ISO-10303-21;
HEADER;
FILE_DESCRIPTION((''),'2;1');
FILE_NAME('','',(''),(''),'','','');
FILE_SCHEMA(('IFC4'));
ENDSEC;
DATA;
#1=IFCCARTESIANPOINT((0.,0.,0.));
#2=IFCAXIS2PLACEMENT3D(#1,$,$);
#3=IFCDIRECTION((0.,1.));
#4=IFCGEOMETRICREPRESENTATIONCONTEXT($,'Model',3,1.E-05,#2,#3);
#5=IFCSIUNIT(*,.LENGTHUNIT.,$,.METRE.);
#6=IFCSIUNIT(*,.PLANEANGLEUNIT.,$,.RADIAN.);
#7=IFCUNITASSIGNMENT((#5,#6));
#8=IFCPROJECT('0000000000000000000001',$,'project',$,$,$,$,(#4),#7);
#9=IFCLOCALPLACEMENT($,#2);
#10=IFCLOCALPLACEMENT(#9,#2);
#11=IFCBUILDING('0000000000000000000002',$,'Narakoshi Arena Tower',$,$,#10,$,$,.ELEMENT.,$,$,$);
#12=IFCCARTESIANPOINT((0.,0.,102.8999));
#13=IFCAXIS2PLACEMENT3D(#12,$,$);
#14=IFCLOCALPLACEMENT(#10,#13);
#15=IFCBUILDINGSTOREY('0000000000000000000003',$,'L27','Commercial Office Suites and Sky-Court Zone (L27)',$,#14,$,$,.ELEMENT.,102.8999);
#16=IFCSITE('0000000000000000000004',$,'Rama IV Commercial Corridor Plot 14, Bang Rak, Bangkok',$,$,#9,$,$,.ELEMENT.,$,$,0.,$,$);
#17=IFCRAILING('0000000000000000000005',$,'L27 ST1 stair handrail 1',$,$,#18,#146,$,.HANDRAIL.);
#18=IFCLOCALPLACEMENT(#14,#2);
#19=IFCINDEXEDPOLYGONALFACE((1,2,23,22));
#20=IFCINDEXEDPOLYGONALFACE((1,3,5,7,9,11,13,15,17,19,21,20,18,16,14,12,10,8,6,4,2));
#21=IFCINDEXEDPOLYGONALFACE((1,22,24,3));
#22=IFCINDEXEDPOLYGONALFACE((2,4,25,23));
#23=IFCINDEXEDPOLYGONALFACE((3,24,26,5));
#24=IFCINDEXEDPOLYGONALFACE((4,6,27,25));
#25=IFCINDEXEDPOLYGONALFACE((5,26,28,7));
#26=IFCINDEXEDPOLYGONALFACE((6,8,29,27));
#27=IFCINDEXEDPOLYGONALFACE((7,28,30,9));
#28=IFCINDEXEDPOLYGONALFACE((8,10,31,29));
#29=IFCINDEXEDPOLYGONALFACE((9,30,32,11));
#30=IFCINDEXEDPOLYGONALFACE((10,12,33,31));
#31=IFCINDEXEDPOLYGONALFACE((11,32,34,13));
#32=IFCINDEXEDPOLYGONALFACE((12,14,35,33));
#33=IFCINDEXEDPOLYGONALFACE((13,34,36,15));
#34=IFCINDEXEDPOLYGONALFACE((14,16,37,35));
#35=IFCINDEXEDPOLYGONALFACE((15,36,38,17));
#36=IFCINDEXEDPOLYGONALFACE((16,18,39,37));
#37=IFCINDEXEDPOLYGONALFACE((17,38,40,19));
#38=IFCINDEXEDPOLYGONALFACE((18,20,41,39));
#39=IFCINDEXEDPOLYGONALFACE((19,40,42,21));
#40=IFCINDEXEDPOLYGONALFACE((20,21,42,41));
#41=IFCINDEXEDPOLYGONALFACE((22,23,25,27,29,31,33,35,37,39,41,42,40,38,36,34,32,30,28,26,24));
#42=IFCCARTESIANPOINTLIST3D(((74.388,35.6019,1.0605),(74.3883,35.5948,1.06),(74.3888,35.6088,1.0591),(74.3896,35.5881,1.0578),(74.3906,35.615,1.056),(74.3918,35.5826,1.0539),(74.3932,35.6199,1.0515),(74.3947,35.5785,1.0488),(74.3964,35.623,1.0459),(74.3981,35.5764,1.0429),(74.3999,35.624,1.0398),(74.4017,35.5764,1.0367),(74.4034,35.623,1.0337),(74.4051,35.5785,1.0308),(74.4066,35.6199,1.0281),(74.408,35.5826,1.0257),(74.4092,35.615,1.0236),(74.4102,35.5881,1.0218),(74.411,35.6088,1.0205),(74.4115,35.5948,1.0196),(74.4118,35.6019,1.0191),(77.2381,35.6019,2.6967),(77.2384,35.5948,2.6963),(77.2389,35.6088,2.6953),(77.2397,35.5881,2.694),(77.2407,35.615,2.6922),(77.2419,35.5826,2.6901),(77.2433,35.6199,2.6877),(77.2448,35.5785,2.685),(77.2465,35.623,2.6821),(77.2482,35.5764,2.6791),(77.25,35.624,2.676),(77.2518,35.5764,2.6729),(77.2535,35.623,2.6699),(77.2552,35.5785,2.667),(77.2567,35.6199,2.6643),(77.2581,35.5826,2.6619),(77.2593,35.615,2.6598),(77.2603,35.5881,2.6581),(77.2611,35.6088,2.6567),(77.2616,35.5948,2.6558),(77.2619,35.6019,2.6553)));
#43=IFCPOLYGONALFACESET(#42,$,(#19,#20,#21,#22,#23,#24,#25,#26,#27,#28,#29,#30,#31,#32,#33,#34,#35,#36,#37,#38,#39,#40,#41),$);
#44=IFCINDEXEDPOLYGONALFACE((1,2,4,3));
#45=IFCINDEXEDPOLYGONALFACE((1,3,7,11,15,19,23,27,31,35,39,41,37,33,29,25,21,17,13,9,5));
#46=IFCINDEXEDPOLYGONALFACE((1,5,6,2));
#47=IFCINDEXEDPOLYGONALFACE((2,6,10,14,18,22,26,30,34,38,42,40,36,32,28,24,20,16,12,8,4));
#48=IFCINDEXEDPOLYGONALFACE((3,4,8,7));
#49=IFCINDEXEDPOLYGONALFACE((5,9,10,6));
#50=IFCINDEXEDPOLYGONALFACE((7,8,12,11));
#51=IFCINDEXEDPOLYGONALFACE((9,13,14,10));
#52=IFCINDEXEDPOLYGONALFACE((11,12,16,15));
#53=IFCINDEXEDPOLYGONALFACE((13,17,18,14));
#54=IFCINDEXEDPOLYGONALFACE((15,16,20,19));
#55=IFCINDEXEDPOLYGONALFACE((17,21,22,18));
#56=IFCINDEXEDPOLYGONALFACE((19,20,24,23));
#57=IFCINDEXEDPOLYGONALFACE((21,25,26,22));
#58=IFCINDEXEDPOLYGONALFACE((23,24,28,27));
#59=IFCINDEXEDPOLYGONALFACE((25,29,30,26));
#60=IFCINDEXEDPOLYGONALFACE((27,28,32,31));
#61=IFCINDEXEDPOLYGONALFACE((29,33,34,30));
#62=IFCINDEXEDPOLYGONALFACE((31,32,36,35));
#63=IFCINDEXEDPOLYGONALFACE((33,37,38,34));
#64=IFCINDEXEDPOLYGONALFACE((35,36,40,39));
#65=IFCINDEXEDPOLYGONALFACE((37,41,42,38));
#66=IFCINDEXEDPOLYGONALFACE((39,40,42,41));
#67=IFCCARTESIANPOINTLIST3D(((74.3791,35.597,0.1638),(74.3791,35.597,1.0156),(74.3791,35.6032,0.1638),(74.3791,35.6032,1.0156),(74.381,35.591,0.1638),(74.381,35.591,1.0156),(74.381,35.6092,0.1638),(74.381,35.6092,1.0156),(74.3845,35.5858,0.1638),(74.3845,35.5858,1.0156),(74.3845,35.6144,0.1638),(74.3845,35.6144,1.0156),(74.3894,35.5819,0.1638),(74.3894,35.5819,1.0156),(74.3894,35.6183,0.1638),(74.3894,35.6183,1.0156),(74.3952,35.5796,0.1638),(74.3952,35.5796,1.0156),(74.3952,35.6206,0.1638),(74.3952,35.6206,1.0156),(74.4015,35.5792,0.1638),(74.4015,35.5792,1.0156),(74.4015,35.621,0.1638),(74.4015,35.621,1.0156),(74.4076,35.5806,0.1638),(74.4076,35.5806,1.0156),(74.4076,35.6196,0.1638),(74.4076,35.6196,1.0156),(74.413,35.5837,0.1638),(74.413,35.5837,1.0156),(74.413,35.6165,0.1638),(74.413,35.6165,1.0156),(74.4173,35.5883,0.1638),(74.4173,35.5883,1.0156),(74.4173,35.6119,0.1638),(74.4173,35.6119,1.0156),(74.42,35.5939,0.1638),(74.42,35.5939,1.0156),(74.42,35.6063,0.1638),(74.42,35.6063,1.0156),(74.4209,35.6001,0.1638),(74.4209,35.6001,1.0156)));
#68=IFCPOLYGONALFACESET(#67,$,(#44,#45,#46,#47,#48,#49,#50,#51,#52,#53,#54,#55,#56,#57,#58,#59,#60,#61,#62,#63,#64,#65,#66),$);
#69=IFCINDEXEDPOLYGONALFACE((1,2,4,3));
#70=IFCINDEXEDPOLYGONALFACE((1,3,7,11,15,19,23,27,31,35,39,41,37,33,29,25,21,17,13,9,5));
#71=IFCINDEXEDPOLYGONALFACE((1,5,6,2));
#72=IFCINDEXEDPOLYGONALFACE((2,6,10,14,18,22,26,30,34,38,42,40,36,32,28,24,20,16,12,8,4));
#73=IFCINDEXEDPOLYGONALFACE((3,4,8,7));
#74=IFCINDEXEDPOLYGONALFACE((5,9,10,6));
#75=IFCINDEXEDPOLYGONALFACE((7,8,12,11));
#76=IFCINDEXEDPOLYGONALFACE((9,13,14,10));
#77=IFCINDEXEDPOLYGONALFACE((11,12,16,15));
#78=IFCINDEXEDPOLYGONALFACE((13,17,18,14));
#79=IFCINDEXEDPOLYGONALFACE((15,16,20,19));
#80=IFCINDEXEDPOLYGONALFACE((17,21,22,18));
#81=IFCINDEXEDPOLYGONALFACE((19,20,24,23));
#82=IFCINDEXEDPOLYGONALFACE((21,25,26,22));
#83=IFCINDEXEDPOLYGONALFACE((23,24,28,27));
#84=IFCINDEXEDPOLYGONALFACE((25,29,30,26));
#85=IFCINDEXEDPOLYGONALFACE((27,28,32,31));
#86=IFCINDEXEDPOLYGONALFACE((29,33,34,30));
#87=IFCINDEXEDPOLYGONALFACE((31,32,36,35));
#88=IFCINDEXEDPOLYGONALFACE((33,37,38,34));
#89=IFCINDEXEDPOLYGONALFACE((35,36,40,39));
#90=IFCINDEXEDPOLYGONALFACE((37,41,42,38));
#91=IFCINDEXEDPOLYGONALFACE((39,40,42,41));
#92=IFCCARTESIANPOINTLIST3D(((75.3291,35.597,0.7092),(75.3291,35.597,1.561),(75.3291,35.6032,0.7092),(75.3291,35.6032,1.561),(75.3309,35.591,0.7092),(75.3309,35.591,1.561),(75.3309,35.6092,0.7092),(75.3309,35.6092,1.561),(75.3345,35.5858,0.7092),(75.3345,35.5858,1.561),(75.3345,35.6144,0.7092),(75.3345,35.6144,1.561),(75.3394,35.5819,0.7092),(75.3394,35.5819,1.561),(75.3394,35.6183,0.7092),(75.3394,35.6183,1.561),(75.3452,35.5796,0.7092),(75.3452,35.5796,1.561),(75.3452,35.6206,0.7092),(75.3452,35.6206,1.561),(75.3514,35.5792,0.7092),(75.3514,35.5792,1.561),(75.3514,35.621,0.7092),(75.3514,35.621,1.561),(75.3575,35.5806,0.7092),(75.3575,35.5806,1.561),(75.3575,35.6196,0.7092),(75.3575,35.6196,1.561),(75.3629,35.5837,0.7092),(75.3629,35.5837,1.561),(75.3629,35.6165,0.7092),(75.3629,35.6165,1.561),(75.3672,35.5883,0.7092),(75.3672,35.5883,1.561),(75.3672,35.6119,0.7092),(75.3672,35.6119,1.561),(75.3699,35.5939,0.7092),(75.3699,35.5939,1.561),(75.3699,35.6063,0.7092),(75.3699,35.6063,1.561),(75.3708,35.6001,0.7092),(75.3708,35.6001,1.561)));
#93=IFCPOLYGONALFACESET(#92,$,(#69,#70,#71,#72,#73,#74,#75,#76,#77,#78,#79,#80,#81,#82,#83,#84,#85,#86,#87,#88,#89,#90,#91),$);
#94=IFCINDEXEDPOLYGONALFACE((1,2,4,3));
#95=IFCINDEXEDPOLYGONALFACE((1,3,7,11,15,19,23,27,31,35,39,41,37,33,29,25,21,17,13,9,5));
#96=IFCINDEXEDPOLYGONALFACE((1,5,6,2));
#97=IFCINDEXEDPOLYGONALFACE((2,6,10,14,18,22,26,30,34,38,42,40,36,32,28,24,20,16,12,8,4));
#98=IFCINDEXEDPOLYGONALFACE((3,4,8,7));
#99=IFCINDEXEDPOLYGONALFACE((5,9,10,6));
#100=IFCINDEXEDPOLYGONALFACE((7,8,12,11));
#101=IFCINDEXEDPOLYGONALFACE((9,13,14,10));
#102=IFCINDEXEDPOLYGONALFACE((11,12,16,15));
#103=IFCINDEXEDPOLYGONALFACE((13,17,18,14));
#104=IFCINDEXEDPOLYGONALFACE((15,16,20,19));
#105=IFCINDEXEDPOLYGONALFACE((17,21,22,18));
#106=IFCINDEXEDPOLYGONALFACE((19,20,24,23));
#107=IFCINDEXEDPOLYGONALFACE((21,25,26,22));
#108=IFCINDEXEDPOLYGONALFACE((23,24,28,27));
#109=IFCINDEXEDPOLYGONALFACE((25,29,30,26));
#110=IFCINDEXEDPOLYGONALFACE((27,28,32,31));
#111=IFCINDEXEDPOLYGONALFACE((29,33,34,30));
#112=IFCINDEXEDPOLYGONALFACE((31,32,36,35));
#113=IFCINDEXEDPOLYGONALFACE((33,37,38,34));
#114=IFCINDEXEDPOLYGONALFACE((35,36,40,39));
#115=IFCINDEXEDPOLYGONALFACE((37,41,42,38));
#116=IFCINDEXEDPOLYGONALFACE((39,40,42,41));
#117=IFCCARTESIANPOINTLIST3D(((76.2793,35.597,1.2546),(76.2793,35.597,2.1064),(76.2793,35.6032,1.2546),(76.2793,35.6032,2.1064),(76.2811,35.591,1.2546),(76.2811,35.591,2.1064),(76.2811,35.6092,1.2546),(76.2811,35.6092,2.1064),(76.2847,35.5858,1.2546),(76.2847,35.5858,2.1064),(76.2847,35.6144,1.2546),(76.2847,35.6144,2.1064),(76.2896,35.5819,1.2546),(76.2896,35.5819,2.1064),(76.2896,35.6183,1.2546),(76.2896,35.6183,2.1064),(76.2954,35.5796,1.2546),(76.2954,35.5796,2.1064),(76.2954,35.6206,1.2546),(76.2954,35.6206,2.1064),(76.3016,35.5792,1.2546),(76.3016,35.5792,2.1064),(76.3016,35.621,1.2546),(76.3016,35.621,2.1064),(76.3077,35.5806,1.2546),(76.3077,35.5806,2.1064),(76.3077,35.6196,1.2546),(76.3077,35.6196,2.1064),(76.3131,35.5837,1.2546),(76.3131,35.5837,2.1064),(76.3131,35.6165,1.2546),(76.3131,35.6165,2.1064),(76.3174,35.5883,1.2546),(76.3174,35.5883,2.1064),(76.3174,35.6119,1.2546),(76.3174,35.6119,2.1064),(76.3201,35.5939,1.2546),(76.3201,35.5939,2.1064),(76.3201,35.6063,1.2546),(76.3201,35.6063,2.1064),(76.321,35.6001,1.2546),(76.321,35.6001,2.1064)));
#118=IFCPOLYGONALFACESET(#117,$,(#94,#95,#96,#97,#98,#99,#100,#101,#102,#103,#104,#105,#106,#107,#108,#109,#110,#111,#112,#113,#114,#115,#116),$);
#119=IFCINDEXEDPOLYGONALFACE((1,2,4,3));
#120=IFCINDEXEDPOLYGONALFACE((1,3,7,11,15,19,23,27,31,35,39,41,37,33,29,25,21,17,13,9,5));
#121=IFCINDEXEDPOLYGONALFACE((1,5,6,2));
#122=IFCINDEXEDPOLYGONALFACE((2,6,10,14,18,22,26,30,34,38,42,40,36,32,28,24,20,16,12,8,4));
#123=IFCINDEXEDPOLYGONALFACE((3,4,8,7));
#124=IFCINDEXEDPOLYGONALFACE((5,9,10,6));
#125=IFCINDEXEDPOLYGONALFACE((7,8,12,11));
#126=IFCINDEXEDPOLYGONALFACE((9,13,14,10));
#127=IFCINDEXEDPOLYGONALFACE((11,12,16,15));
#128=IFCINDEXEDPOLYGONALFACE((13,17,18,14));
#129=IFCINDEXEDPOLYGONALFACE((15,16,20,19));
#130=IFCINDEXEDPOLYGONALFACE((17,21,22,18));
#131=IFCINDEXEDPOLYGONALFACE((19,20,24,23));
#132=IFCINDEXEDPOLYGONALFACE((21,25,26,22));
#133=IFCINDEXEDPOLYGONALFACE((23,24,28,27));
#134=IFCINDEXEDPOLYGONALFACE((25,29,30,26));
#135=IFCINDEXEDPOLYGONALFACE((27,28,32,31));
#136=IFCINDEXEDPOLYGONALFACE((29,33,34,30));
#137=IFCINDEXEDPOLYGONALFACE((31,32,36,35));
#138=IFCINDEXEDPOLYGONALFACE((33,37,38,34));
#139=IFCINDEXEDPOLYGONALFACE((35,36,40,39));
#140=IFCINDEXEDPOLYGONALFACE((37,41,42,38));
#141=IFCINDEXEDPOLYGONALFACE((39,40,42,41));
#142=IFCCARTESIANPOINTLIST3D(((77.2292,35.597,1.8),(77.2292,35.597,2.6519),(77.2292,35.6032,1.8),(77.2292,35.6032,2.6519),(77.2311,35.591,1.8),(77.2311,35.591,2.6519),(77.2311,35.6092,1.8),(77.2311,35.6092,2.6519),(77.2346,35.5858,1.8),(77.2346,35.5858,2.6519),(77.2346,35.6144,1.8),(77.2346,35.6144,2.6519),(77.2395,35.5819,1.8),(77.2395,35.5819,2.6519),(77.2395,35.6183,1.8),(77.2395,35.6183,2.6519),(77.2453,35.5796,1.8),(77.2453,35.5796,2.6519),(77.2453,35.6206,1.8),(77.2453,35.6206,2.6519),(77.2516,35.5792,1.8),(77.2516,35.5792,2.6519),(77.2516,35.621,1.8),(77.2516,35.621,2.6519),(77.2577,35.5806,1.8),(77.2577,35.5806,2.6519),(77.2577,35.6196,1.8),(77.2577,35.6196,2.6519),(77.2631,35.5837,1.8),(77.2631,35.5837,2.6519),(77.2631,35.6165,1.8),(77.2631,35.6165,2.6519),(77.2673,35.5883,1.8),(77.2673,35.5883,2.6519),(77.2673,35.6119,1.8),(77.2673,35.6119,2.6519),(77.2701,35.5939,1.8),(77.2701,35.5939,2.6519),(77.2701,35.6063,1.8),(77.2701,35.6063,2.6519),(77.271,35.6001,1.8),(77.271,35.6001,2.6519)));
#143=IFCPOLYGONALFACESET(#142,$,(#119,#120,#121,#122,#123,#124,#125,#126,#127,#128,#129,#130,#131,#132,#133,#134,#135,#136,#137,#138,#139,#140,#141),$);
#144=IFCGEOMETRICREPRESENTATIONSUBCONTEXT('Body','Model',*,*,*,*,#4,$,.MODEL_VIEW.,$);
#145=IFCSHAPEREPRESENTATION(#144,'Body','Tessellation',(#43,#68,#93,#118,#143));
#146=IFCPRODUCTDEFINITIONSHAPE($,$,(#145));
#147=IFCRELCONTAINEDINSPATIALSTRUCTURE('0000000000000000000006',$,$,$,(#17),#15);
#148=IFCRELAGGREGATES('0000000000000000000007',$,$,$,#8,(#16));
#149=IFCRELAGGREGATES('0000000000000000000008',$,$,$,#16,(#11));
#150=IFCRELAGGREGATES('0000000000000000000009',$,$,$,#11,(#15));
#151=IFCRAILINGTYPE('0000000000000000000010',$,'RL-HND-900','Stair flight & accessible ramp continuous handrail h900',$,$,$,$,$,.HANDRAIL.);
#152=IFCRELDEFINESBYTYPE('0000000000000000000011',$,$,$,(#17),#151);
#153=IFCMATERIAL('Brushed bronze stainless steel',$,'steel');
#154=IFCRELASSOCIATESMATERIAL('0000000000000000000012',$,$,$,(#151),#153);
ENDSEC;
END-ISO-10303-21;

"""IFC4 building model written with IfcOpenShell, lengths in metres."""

from ifc_helpers import new_model, si_unit, direction, frame, origin, origin_2d, place, context, subcontext, project, spatial, circle, extrude, material, type_object, element, save


model = new_model("IFC4")

# Units and contexts
model_context = context("Model", 3, precision=1e-05, world=origin(), true_north=direction((0.0, 1.0)))
body_context = subcontext(model_context, "Body", "Model", "MODEL_VIEW")
ifc_project = project(units=[si_unit("LENGTHUNIT", "METRE"), si_unit("PLANEANGLEUNIT", "RADIAN")], contexts=[model_context])

# Site, building, storey
site_placement = place(None, origin())
site = spatial("IfcSite", under=ifc_project, at=site_placement, Name="Rama IV Commercial Corridor Plot 14, Bang Rak, Bangkok", CompositionType="ELEMENT", RefElevation=0.0)
building_placement = place(site_placement, origin())
building = spatial("IfcBuilding", under=site, at=building_placement, Name="Narakoshi Arena Tower", CompositionType="ELEMENT")
storey_placement = place(building_placement, frame((0.0, 0.0, 102.8999)))
storey = spatial("IfcBuildingStorey", under=building, at=storey_placement, Name="L27", Description="Commercial Office Suites and Sky-Court Zone (L27)", CompositionType="ELEMENT", Elevation=102.8999)

# Shared definitions
ifc_material_1 = material(Name="Brushed bronze stainless steel", Category="steel")

# Railing
railing_type_1 = type_object("IfcRailingType", Name="RL-HND-900", Description="Stair flight & accessible ramp continuous handrail h900", PredefinedType="HANDRAIL", material=ifc_material_1)
railing_1_placement = place(storey_placement, frame((74.3999, 35.6001, 0.1638)))
element("IfcRailing", 1, at=railing_1_placement, inside=storey, type_object=railing_type_1, Name="L27 ST1 stair handrail 1", PredefinedType="HANDRAIL", context=body_context, shape_type="SweptSolid", body=[
    extrude(circle(Radius=0.0239, at=origin_2d()), frame((0.0, 0.0, 0.876), z_axis=(0.867245, 0.0, 0.497882), x_axis=(0.0, 1.0, 0.0)), (0.0, 0.0, 1.0), 3.2864),
    extrude(circle(Radius=0.021, at=origin_2d()), origin(), (0.0, 0.0, 1.0), 0.8518),
    extrude(circle(Radius=0.021, at=origin_2d()), frame((0.95, 0.0, 0.5454)), (0.0, 0.0, 1.0), 0.8518),
    extrude(circle(Radius=0.021, at=origin_2d()), frame((1.9001, 0.0, 1.0908)), (0.0, 0.0, 1.0), 0.8518),
    extrude(circle(Radius=0.021, at=origin_2d()), frame((2.8501, 0.0, 1.6362)), (0.0, 0.0, 1.0), 0.8518),
])

save(model, "model.ifc")
